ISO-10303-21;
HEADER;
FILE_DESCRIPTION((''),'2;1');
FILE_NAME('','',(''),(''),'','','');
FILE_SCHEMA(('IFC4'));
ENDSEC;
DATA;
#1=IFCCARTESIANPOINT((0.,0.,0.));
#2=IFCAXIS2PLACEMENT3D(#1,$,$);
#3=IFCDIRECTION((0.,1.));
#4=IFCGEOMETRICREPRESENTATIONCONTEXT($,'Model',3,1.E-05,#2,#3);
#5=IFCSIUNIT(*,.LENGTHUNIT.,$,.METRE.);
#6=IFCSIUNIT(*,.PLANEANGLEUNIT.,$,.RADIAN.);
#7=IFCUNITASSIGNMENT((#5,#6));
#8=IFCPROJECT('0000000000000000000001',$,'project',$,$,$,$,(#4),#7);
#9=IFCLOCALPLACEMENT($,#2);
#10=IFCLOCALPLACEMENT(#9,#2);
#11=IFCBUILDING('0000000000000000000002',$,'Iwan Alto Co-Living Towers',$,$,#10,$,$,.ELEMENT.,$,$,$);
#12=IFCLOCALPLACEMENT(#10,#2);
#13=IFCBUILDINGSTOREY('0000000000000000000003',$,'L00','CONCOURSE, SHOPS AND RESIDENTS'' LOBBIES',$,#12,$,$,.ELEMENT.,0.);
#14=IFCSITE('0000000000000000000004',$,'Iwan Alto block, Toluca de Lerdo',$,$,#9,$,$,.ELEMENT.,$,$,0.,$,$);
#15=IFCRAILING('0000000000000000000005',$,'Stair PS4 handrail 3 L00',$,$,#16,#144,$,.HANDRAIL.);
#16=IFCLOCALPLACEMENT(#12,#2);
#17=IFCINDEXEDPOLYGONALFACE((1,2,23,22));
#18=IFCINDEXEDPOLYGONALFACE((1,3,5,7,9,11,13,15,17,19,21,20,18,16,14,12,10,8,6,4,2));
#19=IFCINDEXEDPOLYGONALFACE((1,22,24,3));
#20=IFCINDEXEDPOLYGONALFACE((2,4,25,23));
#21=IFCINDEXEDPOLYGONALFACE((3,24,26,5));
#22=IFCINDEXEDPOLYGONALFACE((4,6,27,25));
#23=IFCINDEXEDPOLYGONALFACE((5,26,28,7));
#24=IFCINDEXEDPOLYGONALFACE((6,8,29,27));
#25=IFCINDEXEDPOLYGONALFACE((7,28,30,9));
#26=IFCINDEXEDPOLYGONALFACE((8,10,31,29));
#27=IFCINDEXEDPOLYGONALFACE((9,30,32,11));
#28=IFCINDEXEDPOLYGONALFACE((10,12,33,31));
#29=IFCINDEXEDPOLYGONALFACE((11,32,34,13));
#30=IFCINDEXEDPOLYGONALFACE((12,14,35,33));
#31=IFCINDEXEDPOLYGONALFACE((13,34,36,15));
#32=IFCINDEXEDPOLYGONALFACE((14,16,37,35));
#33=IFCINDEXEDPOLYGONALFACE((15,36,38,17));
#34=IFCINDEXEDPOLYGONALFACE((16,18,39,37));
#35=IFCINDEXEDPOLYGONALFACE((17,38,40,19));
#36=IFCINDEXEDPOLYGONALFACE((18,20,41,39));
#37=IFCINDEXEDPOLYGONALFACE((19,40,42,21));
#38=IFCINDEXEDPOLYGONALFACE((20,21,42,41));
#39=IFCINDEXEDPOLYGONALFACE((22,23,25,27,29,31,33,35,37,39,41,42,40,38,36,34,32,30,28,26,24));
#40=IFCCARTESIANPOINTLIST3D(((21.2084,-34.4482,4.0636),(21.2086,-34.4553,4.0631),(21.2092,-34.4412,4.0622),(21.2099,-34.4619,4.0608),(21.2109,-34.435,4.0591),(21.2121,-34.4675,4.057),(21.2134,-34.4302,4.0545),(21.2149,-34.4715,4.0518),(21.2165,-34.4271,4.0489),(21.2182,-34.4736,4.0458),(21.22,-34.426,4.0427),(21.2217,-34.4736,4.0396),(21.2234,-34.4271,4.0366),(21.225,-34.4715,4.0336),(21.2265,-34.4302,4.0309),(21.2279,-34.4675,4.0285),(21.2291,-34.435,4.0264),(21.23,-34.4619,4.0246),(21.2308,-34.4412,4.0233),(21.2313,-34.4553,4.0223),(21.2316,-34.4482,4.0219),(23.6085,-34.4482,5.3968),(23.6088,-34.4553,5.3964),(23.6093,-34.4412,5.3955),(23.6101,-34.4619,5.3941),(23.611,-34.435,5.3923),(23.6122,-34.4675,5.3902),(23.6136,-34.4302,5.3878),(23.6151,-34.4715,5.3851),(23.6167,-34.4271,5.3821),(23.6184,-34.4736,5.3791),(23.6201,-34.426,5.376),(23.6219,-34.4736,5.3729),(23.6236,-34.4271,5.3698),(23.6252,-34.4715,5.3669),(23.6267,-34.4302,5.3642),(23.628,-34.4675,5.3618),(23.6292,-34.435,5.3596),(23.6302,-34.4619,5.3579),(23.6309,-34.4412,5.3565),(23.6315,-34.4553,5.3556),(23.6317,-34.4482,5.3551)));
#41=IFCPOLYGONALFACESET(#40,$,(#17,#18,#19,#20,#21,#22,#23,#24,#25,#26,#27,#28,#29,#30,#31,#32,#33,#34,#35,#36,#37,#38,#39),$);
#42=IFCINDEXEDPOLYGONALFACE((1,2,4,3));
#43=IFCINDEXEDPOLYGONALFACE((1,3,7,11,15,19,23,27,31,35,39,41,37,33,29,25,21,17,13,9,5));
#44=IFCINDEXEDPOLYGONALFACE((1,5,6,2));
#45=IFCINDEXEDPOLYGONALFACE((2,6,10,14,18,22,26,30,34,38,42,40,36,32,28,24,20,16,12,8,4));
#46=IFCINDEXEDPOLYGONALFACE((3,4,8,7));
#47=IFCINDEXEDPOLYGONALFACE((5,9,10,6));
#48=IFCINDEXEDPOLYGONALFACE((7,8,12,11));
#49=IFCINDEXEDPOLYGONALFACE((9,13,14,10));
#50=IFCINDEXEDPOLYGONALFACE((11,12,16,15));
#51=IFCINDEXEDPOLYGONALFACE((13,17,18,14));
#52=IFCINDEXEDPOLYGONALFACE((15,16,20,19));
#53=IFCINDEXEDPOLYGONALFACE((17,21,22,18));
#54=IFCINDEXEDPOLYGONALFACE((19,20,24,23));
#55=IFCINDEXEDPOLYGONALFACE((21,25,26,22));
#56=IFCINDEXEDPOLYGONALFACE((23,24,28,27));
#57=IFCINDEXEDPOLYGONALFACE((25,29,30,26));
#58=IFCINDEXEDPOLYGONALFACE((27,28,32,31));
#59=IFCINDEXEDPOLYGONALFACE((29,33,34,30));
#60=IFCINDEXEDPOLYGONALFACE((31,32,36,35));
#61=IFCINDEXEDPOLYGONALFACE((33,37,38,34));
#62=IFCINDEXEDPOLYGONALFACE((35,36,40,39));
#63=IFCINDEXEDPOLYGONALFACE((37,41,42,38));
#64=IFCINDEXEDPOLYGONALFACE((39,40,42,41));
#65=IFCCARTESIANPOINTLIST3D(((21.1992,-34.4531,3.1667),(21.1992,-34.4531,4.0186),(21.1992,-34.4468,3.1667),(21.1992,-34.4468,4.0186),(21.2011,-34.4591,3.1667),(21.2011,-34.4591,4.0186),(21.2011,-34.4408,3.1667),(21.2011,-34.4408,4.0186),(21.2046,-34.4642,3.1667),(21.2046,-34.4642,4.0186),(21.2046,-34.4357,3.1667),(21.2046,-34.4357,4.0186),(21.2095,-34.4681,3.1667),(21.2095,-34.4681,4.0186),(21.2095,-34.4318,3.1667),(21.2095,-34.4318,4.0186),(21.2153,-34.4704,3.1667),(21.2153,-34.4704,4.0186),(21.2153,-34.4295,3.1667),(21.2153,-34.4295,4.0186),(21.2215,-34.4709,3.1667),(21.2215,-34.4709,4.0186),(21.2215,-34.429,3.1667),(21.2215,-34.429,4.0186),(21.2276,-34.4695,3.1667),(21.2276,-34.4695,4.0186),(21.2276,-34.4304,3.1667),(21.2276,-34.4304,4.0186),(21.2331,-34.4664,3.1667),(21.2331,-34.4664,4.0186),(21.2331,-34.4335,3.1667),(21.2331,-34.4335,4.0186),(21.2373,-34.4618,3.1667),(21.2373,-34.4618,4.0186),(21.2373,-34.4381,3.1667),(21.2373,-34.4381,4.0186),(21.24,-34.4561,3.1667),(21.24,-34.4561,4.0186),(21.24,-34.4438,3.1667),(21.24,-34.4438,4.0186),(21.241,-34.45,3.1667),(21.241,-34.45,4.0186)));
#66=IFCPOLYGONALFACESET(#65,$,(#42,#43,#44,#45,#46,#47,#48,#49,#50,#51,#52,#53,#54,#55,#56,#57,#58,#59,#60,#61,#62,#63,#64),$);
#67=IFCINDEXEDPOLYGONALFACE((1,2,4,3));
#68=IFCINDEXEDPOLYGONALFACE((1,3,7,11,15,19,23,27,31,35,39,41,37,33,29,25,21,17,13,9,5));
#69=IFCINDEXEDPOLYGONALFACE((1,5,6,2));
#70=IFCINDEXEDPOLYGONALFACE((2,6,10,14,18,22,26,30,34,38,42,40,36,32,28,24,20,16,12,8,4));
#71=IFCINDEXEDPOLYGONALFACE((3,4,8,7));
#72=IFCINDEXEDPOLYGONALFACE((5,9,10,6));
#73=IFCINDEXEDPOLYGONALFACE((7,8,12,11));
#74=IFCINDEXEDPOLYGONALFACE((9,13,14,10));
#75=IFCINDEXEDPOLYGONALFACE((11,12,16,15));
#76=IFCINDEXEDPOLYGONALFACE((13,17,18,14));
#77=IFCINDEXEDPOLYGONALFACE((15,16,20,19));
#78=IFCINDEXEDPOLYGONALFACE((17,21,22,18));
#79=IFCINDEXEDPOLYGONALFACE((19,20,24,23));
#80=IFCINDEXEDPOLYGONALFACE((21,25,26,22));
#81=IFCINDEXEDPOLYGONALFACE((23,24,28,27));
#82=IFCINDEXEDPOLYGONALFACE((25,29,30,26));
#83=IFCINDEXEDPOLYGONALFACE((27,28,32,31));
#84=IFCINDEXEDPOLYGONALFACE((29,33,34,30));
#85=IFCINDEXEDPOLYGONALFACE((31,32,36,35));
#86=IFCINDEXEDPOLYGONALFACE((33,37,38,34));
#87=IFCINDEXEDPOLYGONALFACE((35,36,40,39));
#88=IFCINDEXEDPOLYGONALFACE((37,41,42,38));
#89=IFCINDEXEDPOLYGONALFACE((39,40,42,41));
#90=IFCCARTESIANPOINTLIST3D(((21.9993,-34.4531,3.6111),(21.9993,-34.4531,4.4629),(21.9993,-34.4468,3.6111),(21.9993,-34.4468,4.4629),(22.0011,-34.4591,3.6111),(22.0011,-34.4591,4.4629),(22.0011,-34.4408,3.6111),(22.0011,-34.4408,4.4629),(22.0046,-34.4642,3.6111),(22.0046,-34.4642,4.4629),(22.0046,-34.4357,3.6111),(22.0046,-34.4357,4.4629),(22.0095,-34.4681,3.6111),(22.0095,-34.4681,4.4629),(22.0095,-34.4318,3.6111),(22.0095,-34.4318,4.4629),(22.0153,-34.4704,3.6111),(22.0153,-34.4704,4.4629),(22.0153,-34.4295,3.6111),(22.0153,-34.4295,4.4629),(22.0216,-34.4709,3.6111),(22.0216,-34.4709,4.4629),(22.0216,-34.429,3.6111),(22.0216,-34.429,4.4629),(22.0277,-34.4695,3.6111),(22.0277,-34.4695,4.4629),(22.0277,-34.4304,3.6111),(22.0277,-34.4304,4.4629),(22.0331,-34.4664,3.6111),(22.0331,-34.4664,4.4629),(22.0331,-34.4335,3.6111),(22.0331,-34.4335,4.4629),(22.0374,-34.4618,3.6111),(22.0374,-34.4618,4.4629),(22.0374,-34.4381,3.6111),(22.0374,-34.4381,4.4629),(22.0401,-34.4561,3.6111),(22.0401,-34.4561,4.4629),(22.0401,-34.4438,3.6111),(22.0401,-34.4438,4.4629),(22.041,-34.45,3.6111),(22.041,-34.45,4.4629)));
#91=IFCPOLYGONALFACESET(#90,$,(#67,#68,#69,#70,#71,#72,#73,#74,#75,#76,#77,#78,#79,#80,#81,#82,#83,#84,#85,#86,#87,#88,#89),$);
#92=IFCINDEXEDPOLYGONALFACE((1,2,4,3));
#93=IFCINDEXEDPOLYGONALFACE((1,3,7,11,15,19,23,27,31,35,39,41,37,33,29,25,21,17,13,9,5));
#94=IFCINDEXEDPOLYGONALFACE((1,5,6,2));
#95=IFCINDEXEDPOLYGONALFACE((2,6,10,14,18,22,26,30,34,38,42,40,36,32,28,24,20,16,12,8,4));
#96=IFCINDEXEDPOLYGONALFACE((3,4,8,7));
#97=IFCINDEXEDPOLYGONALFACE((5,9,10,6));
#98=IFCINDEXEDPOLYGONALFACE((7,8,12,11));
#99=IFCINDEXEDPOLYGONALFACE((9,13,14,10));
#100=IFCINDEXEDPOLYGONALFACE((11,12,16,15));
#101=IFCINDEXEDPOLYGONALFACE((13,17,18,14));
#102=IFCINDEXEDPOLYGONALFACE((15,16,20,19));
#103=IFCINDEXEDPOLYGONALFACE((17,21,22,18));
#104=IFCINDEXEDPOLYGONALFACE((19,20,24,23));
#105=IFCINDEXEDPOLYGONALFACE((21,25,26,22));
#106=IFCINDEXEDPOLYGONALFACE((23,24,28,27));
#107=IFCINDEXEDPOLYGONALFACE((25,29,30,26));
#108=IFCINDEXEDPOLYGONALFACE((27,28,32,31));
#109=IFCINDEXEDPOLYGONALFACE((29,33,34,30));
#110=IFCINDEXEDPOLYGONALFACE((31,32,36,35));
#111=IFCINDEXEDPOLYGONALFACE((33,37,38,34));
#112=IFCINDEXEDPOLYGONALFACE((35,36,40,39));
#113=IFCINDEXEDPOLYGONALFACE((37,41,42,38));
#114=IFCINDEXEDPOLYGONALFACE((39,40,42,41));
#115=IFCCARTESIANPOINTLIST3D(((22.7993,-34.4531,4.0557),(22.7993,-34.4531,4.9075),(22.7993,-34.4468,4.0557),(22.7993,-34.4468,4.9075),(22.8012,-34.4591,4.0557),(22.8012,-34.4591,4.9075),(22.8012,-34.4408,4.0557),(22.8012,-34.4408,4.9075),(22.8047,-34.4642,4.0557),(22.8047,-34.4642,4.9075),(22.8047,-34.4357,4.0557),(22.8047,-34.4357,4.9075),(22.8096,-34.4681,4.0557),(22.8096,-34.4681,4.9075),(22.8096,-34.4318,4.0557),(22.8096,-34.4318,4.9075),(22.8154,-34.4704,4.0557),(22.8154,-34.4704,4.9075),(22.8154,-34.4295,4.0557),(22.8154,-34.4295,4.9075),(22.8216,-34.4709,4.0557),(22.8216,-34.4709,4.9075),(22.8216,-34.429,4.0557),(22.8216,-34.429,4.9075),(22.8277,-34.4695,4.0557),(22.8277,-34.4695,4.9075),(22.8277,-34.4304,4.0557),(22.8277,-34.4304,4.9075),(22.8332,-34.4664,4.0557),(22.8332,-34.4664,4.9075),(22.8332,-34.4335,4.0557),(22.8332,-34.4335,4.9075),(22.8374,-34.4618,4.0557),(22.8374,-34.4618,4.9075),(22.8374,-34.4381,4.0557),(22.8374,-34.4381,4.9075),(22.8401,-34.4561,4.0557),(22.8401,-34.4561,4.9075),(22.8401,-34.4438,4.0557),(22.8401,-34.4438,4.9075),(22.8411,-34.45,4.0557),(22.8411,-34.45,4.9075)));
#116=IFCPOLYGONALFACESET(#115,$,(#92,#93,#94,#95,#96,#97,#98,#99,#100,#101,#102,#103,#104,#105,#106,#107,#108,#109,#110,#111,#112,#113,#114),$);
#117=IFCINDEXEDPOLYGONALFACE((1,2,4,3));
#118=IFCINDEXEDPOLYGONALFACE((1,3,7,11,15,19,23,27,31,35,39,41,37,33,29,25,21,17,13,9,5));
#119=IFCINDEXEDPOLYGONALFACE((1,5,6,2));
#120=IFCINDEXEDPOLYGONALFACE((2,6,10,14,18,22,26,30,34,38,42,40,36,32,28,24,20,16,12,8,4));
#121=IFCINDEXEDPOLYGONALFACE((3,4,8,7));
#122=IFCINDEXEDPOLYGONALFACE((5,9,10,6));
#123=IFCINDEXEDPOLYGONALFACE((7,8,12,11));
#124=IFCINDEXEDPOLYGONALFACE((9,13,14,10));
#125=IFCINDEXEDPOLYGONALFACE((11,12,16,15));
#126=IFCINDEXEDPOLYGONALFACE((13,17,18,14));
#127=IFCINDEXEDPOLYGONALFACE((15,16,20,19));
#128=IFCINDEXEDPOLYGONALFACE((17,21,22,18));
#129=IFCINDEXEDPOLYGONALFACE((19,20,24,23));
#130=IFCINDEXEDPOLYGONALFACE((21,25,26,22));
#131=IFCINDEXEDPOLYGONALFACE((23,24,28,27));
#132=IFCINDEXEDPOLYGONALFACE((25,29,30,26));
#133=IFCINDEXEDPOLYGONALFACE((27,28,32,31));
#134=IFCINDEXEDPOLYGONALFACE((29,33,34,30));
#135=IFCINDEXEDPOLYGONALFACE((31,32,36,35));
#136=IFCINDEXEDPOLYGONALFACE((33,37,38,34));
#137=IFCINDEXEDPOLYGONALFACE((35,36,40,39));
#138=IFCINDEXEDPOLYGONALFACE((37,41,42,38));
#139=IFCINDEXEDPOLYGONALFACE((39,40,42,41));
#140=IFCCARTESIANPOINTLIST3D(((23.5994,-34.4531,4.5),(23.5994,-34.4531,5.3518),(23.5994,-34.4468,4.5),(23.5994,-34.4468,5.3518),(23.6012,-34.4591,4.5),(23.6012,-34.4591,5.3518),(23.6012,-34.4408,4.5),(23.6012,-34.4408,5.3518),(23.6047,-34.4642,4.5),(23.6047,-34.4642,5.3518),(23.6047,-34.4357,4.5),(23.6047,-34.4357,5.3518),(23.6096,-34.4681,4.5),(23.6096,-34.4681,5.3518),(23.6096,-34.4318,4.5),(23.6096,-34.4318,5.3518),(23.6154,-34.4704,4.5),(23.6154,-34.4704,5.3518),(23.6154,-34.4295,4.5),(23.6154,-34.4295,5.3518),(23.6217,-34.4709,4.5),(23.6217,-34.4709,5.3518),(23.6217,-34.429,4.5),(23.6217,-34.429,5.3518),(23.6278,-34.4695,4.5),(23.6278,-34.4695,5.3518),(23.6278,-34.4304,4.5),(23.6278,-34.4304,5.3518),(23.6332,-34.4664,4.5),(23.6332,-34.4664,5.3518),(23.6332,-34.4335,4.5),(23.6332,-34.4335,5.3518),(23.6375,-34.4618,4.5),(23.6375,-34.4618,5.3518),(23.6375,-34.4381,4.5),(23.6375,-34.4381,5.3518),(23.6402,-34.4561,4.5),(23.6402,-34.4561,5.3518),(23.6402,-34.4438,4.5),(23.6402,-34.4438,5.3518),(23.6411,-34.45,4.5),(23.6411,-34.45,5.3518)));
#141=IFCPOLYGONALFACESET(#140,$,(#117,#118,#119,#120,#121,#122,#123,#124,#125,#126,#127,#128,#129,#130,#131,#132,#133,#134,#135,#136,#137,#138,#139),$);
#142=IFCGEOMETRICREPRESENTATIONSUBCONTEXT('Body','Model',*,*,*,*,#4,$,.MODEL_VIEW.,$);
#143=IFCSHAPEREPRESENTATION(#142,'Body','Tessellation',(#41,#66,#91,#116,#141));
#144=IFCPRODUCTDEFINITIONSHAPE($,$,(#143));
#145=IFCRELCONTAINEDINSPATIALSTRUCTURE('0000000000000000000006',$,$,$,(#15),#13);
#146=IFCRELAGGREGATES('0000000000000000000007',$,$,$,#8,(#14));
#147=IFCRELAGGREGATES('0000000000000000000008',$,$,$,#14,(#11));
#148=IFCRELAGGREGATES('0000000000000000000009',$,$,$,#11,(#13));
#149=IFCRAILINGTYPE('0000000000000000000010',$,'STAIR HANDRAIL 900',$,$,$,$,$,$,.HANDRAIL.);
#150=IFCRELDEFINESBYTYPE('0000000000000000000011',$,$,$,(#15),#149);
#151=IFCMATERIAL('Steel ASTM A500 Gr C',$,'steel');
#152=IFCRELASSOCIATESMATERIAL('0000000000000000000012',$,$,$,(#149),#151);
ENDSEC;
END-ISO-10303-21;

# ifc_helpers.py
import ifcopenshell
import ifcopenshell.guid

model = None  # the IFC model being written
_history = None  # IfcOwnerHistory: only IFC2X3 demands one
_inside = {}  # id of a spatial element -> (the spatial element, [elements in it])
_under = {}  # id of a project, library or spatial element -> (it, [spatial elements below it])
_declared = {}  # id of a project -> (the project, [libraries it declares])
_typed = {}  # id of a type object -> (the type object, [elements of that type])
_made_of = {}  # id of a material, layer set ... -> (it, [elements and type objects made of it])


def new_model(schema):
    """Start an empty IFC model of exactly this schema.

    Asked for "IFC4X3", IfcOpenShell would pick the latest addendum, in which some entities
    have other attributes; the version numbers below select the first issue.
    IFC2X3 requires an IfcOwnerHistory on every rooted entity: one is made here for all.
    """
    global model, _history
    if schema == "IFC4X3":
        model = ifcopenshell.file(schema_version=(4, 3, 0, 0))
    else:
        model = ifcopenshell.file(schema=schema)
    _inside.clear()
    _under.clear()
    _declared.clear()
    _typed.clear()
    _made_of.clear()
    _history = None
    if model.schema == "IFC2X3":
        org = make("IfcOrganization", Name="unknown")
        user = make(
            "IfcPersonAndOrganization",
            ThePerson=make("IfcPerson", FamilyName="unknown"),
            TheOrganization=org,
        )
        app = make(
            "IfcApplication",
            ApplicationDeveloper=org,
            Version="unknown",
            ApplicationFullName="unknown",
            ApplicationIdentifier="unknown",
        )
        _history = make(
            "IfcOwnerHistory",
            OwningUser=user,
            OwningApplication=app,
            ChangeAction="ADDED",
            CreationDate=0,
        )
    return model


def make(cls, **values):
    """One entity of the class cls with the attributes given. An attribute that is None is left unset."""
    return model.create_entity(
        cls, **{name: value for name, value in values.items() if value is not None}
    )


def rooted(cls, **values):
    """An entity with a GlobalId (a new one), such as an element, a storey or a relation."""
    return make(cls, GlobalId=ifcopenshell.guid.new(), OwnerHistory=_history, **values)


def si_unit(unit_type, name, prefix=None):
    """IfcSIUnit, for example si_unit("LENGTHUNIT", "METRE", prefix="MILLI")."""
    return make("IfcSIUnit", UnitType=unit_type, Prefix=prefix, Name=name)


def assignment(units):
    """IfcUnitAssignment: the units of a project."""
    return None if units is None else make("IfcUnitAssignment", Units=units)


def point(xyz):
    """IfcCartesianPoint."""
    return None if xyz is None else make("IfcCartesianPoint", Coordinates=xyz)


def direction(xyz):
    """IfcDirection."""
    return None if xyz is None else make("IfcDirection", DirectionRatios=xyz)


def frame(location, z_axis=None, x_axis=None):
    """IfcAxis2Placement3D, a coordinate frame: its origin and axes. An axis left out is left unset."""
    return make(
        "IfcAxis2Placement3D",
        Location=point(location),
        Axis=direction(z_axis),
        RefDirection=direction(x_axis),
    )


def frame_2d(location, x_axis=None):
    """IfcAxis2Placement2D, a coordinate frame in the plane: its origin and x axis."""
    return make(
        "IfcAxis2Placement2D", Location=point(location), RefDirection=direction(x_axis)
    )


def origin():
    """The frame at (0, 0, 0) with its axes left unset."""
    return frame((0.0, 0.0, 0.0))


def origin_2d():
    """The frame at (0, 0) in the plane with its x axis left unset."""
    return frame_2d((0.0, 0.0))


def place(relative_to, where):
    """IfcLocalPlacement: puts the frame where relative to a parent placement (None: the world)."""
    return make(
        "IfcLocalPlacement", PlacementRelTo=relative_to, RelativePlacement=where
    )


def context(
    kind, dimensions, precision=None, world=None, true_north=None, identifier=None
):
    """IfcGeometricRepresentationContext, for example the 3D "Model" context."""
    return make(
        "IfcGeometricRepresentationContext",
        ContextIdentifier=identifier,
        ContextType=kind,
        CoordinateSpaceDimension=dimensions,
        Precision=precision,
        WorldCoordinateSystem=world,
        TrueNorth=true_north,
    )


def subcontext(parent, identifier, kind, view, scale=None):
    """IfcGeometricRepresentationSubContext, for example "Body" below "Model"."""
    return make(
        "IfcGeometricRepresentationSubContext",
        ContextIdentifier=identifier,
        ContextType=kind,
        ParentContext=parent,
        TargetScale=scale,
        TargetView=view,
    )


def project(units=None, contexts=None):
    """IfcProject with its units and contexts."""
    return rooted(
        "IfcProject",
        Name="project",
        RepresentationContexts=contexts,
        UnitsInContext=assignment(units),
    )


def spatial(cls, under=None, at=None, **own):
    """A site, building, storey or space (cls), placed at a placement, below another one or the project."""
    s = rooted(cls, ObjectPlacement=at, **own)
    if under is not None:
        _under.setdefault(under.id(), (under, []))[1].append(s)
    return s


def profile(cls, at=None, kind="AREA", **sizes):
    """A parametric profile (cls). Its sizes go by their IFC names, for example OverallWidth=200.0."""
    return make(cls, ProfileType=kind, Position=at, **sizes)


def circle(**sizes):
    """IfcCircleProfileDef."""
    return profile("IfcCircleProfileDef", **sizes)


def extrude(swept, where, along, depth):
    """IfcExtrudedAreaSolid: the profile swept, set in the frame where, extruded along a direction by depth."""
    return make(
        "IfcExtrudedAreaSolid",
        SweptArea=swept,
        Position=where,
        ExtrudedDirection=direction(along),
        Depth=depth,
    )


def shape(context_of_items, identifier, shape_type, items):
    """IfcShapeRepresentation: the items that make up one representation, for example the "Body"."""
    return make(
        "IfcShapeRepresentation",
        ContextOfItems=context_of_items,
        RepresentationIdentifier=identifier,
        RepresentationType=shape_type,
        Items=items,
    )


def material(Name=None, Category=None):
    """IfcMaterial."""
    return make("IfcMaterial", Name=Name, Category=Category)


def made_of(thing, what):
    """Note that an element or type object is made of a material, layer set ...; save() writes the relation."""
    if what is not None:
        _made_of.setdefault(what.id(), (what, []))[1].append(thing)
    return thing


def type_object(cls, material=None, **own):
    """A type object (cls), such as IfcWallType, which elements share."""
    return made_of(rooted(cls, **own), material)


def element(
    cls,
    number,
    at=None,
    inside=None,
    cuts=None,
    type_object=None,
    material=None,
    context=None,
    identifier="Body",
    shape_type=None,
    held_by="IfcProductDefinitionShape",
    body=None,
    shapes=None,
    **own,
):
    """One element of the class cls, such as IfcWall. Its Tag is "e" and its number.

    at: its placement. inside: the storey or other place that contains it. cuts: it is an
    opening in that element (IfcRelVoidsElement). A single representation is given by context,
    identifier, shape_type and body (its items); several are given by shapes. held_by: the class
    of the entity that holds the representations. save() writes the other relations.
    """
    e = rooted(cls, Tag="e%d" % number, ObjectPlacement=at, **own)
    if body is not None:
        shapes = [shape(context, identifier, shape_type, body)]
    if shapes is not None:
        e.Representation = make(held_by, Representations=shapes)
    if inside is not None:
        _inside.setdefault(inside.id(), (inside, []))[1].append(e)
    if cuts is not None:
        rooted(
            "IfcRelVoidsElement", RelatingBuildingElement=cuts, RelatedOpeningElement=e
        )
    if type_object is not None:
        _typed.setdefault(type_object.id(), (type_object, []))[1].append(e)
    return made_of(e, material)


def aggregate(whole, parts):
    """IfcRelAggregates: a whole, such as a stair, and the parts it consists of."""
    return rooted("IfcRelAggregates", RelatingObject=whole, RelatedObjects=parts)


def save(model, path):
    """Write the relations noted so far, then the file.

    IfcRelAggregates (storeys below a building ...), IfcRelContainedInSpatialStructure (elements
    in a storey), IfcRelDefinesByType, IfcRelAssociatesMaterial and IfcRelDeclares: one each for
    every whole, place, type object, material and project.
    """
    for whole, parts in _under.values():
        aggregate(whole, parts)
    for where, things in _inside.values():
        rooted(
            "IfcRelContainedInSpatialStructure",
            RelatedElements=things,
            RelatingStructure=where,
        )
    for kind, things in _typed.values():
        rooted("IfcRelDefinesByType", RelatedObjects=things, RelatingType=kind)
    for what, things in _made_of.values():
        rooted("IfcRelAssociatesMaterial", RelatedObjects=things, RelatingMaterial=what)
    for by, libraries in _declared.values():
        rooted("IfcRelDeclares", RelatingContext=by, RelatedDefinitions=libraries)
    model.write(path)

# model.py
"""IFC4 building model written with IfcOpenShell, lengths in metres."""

from ifc_helpers import new_model, si_unit, direction, frame, origin, origin_2d, place, context, subcontext, project, spatial, circle, extrude, material, type_object, element, save


model = new_model("IFC4")

# Units and contexts
model_context = context("Model", 3, precision=1e-05, world=origin(), true_north=direction((0.0, 1.0)))
body_context = subcontext(model_context, "Body", "Model", "MODEL_VIEW")
ifc_project = project(units=[si_unit("LENGTHUNIT", "METRE"), si_unit("PLANEANGLEUNIT", "RADIAN")], contexts=[model_context])

# Site, building, storey
site_placement = place(None, origin())
site = spatial("IfcSite", under=ifc_project, at=site_placement, Name="Iwan Alto block, Toluca de Lerdo", CompositionType="ELEMENT", RefElevation=0.0)
building_placement = place(site_placement, origin())
building = spatial("IfcBuilding", under=site, at=building_placement, Name="Iwan Alto Co-Living Towers", CompositionType="ELEMENT")
storey_placement = place(building_placement, origin())
storey = spatial("IfcBuildingStorey", under=building, at=storey_placement, Name="L00", Description="CONCOURSE, SHOPS AND RESIDENTS' LOBBIES", CompositionType="ELEMENT", Elevation=0.0)

# Railing
ifc_material_1 = material(Name="Steel ASTM A500 Gr C", Category="steel")
railing_type_1 = type_object("IfcRailingType", Name="STAIR HANDRAIL 900", PredefinedType="HANDRAIL", material=ifc_material_1)
railing_1_placement = place(storey_placement, frame((21.22, -34.45, 3.1667)))
element("IfcRailing", 1, at=railing_1_placement, inside=storey, type_object=railing_type_1, Name="Stair PS4 handrail 3 L00", PredefinedType="HANDRAIL", context=body_context, shape_type="SweptSolid", body=[
    extrude(circle(Radius=0.0239, at=origin_2d()), frame((0.0, 0.0, 0.876), z_axis=(0.874182, 0.0, 0.485598), x_axis=(0.0, 1.0, 0.0)), (0.0, 0.0, 1.0), 2.7456),
    extrude(circle(Radius=0.021, at=origin_2d()), origin(), (0.0, 0.0, 1.0), 0.8518),
    extrude(circle(Radius=0.021, at=origin_2d()), frame((0.8, 0.0, 0.4443)), (0.0, 0.0, 1.0), 0.8518),
    extrude(circle(Radius=0.021, at=origin_2d()), frame((1.6001, 0.0, 0.8889)), (0.0, 0.0, 1.0), 0.8518),
    extrude(circle(Radius=0.021, at=origin_2d()), frame((2.4001, 0.0, 1.3333)), (0.0, 0.0, 1.0), 0.8518),
])

save(model, "model.ifc")
